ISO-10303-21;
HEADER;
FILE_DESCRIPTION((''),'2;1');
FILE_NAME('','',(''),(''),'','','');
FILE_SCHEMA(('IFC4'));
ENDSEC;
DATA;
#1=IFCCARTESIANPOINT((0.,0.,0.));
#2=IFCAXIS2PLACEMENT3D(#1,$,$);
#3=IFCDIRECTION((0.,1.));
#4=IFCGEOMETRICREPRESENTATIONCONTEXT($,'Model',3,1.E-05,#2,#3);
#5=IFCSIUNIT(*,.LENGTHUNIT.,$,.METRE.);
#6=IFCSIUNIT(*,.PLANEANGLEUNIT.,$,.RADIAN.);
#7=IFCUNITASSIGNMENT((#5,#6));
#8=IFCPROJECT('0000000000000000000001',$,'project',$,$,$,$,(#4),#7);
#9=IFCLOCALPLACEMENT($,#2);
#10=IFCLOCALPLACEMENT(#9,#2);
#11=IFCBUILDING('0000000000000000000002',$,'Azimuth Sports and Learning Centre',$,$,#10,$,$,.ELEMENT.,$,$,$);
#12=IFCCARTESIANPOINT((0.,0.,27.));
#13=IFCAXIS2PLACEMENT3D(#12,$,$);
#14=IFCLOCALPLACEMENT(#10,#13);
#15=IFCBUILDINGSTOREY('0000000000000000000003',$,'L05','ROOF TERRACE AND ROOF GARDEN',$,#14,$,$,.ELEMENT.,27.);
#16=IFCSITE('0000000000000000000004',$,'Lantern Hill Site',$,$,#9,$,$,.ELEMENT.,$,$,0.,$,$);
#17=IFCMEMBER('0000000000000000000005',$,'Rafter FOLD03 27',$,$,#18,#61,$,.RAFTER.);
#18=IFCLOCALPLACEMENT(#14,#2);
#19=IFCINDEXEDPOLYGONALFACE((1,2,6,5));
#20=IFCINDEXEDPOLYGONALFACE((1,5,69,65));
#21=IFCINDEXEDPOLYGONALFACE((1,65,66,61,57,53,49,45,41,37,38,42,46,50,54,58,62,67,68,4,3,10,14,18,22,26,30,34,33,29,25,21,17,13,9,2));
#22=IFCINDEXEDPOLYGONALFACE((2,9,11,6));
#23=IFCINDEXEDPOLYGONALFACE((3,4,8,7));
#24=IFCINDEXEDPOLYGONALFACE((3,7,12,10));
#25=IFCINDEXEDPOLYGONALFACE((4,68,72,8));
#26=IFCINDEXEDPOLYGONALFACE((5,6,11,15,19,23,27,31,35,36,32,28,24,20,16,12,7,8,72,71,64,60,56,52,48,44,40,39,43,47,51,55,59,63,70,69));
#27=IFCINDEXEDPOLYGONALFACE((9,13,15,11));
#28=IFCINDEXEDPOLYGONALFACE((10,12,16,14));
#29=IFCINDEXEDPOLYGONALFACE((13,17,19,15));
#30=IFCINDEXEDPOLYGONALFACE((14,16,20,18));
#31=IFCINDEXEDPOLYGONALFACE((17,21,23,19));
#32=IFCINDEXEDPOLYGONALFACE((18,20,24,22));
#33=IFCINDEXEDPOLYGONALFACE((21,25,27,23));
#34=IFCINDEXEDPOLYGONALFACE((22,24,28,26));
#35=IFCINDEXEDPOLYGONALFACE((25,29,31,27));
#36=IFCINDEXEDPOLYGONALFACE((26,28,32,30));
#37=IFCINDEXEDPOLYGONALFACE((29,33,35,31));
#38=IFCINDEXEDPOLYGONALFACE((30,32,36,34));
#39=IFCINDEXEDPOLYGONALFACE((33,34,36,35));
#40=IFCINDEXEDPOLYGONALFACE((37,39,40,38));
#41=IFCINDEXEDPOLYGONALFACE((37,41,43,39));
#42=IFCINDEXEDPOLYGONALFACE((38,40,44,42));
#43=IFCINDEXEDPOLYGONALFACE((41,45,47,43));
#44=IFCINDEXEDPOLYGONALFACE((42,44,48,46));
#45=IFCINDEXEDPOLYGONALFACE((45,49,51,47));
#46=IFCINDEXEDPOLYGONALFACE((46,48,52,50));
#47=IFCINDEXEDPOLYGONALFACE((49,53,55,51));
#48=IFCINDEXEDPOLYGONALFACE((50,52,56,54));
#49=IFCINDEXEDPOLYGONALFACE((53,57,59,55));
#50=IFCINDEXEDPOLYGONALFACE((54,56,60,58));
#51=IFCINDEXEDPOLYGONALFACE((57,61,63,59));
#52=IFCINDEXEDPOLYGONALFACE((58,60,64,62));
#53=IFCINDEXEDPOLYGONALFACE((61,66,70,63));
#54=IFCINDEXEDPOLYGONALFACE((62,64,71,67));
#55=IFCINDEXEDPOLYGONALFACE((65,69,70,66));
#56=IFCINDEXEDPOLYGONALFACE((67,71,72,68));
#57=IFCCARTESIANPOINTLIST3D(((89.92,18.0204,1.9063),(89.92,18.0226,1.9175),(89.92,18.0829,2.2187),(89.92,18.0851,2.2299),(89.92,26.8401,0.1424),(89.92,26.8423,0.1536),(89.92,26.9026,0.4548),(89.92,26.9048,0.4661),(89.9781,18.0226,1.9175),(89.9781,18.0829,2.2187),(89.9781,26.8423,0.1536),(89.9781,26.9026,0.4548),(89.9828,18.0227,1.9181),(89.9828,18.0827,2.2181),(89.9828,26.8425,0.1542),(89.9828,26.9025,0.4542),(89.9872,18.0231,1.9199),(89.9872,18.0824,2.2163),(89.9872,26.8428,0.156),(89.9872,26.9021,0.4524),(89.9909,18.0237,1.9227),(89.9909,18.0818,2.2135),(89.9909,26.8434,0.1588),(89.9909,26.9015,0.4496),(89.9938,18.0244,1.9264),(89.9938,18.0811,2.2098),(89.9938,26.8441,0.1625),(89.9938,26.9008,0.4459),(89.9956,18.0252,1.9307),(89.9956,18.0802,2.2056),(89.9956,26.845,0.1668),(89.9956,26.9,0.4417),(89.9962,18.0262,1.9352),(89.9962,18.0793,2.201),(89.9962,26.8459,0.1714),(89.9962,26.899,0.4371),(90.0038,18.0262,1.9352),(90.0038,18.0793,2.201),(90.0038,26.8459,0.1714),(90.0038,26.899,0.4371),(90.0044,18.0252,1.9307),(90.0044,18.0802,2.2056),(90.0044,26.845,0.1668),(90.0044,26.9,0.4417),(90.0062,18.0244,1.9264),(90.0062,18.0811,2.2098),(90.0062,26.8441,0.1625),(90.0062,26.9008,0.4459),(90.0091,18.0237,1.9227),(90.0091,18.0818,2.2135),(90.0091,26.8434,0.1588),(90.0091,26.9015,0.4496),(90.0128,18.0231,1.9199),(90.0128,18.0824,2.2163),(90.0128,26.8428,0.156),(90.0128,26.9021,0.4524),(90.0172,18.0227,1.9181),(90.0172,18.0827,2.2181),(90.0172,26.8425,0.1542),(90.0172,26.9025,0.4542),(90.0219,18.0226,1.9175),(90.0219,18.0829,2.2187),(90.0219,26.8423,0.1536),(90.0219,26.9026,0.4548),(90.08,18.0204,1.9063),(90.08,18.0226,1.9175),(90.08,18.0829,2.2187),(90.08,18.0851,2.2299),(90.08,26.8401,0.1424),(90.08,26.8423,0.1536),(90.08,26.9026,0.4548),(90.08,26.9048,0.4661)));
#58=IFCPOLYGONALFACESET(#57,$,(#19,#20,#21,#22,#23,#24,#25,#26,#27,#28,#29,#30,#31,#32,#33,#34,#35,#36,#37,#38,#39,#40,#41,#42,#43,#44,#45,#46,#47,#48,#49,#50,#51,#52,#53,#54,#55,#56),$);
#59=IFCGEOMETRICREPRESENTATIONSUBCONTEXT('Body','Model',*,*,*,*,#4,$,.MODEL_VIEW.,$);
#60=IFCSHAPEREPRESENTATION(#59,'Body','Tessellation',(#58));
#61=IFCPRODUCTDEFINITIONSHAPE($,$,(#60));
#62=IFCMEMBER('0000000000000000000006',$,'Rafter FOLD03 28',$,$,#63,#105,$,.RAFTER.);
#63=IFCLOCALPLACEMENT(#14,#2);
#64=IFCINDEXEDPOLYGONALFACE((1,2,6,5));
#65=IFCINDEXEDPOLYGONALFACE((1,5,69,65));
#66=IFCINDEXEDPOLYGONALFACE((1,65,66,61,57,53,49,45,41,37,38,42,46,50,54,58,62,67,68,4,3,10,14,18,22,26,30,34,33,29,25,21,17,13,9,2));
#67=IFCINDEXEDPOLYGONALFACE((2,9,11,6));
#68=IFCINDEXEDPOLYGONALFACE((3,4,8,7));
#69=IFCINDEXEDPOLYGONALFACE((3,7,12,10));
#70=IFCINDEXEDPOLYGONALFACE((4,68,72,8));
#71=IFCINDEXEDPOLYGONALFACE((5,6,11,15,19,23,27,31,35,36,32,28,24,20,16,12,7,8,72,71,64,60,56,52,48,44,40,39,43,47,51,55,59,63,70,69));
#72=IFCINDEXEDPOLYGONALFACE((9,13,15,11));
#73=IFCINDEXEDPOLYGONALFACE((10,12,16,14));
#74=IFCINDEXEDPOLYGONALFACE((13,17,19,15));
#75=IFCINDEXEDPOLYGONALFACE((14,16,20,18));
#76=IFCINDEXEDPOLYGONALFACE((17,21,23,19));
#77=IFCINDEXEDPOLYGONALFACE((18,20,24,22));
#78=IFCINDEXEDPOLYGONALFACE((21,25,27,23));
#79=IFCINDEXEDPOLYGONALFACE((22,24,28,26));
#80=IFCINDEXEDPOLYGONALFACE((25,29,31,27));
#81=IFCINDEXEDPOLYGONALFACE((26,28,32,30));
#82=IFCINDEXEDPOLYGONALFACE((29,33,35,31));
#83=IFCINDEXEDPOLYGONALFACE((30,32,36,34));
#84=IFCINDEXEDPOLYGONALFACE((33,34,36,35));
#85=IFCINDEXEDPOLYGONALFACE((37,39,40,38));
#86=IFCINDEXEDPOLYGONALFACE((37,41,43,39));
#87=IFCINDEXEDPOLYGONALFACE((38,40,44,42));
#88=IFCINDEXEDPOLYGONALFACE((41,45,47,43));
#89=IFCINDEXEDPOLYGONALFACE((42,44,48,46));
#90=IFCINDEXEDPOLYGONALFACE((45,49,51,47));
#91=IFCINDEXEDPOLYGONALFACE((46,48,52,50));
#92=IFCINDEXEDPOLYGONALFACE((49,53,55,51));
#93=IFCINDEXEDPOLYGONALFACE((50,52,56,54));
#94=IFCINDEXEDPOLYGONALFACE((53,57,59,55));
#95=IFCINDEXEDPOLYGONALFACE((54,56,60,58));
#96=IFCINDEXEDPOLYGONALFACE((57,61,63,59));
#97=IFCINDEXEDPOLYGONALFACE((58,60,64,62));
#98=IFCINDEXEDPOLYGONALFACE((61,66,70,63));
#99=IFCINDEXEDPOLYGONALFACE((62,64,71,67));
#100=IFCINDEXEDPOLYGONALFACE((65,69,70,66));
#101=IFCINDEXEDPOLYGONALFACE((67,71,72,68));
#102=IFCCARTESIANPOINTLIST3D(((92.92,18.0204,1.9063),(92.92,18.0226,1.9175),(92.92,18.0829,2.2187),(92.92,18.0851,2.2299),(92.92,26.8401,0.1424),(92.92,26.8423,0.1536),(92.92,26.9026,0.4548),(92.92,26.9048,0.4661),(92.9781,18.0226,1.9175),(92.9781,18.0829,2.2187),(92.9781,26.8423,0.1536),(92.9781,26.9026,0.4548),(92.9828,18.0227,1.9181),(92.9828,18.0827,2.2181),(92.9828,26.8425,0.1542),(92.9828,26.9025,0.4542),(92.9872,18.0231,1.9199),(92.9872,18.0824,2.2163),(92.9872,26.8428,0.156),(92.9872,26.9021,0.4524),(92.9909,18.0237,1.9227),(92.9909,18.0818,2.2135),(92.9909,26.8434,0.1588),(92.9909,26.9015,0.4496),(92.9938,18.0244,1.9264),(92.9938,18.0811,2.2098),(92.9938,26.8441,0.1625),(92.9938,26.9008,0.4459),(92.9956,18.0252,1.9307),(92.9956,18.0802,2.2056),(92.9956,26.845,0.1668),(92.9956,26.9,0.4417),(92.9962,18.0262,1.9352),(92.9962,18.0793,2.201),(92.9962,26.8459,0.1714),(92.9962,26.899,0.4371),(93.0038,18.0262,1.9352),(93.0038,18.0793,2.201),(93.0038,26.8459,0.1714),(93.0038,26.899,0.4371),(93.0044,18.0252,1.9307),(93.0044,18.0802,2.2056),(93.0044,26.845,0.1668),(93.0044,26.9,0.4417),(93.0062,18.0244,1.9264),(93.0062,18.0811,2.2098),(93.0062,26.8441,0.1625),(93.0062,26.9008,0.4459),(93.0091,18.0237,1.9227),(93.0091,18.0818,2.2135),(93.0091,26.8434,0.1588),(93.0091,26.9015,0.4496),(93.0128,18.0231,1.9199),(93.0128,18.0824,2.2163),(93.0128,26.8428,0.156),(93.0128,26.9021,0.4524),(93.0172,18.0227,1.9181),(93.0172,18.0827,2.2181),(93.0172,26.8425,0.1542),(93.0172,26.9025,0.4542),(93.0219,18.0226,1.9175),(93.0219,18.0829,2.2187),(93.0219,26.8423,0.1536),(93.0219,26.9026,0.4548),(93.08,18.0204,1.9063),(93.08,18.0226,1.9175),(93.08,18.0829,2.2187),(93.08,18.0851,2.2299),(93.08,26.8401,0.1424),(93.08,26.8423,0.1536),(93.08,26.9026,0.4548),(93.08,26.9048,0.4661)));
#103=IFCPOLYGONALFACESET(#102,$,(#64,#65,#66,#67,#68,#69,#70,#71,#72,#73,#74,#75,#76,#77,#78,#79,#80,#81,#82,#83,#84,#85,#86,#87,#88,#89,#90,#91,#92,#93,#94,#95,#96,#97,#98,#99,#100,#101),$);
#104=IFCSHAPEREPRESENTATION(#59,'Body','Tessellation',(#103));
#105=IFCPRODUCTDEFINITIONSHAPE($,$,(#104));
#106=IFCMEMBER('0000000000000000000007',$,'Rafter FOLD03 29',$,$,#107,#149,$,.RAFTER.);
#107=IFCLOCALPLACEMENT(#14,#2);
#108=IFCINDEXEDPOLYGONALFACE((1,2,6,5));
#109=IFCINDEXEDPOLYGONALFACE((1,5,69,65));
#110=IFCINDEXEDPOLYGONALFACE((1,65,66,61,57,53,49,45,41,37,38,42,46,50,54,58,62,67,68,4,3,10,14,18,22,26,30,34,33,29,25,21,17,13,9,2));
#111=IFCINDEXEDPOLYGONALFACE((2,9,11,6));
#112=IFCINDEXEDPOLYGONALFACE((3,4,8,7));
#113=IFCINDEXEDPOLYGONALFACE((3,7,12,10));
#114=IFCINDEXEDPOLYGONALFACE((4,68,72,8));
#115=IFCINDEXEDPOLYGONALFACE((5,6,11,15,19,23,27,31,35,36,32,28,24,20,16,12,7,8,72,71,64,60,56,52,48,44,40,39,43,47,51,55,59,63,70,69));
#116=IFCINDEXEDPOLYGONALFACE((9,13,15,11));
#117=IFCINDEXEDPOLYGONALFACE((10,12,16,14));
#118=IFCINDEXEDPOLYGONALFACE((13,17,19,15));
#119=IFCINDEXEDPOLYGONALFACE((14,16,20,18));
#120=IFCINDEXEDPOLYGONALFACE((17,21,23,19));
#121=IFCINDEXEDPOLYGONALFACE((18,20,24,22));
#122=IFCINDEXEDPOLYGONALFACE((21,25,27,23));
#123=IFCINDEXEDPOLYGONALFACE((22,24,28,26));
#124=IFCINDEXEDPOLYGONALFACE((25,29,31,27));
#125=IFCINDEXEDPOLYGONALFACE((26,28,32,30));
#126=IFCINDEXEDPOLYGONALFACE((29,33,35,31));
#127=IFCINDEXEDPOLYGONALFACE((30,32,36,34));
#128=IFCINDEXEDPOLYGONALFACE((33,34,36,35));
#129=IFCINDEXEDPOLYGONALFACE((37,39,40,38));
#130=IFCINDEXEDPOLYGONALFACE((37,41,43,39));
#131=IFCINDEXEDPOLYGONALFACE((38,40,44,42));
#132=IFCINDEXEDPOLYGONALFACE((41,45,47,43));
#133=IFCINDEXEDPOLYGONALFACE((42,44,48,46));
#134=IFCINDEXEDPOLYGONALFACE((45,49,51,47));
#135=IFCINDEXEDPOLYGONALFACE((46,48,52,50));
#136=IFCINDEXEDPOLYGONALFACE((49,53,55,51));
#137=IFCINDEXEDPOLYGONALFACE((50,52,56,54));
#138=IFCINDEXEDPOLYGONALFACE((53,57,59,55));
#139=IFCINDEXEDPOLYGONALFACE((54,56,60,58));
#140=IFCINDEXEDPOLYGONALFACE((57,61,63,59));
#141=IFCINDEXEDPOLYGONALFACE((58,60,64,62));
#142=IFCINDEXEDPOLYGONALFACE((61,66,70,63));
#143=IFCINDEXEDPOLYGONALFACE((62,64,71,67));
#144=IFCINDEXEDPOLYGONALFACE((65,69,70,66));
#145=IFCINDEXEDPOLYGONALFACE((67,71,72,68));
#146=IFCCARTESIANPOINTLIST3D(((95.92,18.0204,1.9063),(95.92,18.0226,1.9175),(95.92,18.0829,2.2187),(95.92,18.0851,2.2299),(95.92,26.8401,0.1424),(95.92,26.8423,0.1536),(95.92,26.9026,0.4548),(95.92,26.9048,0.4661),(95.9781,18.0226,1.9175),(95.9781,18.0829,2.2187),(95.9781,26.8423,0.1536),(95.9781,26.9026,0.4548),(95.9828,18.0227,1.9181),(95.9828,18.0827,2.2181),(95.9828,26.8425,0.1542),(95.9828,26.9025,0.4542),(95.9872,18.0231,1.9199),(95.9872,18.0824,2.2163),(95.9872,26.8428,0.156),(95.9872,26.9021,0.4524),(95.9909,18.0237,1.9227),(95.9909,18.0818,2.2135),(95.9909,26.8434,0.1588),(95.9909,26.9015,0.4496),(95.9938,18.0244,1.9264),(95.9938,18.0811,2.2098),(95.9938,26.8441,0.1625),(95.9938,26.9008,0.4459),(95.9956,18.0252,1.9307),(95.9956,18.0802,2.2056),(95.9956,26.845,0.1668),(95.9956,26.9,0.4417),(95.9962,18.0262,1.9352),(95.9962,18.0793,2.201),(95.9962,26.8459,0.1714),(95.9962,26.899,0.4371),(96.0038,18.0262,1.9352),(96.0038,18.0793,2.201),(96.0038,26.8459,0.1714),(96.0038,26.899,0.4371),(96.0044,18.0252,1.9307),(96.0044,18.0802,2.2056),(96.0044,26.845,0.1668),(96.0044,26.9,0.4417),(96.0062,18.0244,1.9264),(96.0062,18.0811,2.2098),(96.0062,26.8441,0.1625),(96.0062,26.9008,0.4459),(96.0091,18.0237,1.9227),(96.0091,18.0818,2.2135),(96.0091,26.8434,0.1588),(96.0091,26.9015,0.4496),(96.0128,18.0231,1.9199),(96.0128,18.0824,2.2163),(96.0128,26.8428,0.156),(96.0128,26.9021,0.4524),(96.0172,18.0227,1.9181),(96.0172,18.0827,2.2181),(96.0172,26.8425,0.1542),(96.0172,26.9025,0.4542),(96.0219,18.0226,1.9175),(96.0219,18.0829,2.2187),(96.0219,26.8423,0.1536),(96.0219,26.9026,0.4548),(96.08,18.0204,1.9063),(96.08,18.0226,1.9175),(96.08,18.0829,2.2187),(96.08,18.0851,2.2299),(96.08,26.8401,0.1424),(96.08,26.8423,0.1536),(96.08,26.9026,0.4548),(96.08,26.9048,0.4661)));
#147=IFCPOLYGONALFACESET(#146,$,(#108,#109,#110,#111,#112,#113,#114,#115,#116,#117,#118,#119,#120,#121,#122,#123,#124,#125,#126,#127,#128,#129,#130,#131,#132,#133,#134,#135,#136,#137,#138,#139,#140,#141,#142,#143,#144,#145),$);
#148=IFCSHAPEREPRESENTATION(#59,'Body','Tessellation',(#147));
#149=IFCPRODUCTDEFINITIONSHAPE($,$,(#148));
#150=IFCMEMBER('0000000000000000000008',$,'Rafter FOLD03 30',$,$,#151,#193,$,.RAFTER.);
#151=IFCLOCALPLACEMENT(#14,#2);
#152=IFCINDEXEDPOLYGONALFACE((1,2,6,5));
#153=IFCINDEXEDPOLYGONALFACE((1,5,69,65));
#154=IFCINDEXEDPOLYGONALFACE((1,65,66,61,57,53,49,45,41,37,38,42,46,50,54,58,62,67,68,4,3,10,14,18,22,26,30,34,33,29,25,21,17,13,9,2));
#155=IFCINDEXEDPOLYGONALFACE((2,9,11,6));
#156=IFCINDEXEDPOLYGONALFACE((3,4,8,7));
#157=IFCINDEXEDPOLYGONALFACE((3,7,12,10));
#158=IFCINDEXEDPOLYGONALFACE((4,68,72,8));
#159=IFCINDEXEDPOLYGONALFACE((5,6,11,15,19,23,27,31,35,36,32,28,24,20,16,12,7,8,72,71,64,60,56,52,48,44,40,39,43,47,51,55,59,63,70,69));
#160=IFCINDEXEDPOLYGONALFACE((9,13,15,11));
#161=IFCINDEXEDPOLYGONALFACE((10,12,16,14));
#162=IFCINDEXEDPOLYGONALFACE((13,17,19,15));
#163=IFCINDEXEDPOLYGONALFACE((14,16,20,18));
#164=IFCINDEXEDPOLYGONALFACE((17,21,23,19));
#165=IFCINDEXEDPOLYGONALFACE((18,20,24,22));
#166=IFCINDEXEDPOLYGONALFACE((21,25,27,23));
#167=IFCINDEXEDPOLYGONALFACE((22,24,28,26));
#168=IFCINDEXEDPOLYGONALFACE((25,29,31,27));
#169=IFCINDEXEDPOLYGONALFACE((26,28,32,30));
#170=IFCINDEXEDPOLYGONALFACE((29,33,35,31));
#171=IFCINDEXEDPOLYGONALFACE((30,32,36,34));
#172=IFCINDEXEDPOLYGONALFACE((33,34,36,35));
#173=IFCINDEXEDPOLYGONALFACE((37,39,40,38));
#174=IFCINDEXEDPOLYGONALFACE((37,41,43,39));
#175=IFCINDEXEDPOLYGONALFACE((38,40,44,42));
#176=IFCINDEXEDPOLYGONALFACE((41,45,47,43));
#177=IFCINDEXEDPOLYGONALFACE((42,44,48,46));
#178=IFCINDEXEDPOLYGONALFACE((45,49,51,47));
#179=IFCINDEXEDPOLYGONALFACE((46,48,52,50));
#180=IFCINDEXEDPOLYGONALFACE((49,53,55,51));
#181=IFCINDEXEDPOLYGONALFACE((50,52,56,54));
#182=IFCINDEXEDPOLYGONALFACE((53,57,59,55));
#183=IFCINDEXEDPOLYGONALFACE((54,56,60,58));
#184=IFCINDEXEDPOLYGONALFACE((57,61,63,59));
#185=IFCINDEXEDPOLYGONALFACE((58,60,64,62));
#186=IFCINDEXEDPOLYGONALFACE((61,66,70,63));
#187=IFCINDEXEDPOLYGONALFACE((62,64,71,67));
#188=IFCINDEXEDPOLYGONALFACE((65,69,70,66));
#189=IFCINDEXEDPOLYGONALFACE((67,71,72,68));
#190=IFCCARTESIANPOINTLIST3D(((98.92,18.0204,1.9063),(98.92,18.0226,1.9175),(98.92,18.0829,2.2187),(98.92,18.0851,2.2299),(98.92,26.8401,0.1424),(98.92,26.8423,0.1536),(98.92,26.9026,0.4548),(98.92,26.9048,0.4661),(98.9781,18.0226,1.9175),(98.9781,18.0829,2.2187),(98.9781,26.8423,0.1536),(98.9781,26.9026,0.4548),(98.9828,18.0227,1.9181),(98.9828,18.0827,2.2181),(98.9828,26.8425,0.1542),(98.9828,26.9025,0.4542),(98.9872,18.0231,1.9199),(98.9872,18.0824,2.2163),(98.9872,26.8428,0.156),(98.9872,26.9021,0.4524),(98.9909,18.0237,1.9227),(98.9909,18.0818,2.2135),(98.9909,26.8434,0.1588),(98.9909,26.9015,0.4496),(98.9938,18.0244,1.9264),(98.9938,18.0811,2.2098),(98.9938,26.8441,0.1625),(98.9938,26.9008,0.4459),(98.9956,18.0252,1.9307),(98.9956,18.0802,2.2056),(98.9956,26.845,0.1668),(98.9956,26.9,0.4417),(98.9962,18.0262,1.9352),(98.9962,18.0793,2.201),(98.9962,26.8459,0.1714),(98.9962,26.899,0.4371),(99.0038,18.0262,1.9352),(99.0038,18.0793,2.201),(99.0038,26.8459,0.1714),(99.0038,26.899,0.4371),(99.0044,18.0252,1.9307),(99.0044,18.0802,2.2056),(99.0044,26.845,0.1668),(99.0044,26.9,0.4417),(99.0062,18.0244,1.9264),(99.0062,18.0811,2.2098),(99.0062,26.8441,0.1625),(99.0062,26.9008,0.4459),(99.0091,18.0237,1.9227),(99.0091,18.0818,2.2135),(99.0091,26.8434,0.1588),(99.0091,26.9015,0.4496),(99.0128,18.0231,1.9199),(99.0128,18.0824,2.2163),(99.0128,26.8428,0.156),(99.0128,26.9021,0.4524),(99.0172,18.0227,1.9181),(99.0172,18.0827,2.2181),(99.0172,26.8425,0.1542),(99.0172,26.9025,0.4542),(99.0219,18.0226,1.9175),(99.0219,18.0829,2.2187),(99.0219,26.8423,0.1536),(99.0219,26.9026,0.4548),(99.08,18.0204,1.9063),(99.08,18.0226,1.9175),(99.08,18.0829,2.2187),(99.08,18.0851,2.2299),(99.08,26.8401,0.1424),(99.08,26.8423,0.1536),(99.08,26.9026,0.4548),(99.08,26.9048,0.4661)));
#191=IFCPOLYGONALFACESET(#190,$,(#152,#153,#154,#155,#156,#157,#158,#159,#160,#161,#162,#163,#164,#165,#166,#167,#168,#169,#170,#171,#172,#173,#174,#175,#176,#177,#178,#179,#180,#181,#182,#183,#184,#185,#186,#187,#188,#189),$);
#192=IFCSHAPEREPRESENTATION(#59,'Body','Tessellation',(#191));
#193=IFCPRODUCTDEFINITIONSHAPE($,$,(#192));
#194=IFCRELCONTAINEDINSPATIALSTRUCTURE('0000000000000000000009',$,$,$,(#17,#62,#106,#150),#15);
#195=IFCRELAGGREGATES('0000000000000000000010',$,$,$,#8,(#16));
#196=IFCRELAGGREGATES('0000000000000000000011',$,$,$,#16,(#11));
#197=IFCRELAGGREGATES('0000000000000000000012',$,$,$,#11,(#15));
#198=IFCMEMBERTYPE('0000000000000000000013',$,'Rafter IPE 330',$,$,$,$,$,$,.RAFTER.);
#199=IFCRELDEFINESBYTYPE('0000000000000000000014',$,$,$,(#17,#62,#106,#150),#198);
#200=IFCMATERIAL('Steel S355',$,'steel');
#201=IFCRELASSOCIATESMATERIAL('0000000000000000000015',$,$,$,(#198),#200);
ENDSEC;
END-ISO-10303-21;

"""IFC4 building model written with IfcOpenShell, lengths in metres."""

from ifc_helpers import new_model, si_unit, direction, frame, origin, origin_2d, place, context, subcontext, project, spatial, i_section, extrude, material, material_profile, profile_set, type_object, element, save


model = new_model("IFC4")

# Units and contexts
model_context = context("Model", 3, precision=1e-05, world=origin(), true_north=direction((0.0, 1.0)))
body_context = subcontext(model_context, "Body", "Model", "MODEL_VIEW")
ifc_project = project(units=[si_unit("LENGTHUNIT", "METRE"), si_unit("PLANEANGLEUNIT", "RADIAN")], contexts=[model_context])

# Site, building, storey
site_placement = place(None, origin())
site = spatial("IfcSite", under=ifc_project, at=site_placement, Name="Lantern Hill Site", CompositionType="ELEMENT", RefElevation=0.0)
building_placement = place(site_placement, origin())
building = spatial("IfcBuilding", under=site, at=building_placement, Name="Azimuth Sports and Learning Centre", CompositionType="ELEMENT")
storey_placement = place(building_placement, frame((0.0, 0.0, 27.0)))
storey = spatial("IfcBuildingStorey", under=building, at=storey_placement, Name="L05", Description="ROOF TERRACE AND ROOF GARDEN", CompositionType="ELEMENT", Elevation=27.0)

# Members
ifc_material_1 = material(Name="Steel S355", Category="steel")
ifc_material_profile_1 = material_profile(ifc_material_1, i_section(OverallWidth=0.1599, OverallDepth=0.3301, WebThickness=0.0076, FlangeThickness=0.0115, FilletRadius=0.0181, at=origin_2d()), Name="IPE 330")
ifc_profile_set_1 = profile_set([ifc_material_profile_1], Name="Steel S355")
member_type_1 = type_object("IfcMemberType", Name="Rafter IPE 330", PredefinedType="RAFTER", material=ifc_profile_set_1)
for number, where, z_axis, x_axis, name in (
    (1, (90.0, 18.0527, 2.0681), (0.0, 0.980582, -0.196111), (-1.0, 0.0, 0.0), "Rafter FOLD03 27"),
    (2, (93.0, 18.0527, 2.0681), (0.0, 0.980582, -0.196111), (-1.0, 0.0, 0.0), "Rafter FOLD03 28"),
    (3, (96.0, 18.0527, 2.0681), (0.0, 0.980582, -0.196111), (-1.0, 0.0, 0.0), "Rafter FOLD03 29"),
    (4, (99.0, 18.0527, 2.0681), (0.0, 0.980582, -0.196111), (-1.0, 0.0, 0.0), "Rafter FOLD03 30"),
):
    element("IfcMember", number, at=place(storey_placement, frame(where, z_axis=z_axis, x_axis=x_axis)), inside=storey, type_object=member_type_1, Name=name, PredefinedType="RAFTER", context=body_context, shape_type="SweptSolid", body=[
        extrude(i_section(OverallWidth=0.1599, OverallDepth=0.3301, WebThickness=0.0076, FlangeThickness=0.0115, FilletRadius=0.0181, at=origin_2d()), origin(), (0.0, 0.0, 1.0), 8.9944),
    ])

save(model, "model.ifc")
